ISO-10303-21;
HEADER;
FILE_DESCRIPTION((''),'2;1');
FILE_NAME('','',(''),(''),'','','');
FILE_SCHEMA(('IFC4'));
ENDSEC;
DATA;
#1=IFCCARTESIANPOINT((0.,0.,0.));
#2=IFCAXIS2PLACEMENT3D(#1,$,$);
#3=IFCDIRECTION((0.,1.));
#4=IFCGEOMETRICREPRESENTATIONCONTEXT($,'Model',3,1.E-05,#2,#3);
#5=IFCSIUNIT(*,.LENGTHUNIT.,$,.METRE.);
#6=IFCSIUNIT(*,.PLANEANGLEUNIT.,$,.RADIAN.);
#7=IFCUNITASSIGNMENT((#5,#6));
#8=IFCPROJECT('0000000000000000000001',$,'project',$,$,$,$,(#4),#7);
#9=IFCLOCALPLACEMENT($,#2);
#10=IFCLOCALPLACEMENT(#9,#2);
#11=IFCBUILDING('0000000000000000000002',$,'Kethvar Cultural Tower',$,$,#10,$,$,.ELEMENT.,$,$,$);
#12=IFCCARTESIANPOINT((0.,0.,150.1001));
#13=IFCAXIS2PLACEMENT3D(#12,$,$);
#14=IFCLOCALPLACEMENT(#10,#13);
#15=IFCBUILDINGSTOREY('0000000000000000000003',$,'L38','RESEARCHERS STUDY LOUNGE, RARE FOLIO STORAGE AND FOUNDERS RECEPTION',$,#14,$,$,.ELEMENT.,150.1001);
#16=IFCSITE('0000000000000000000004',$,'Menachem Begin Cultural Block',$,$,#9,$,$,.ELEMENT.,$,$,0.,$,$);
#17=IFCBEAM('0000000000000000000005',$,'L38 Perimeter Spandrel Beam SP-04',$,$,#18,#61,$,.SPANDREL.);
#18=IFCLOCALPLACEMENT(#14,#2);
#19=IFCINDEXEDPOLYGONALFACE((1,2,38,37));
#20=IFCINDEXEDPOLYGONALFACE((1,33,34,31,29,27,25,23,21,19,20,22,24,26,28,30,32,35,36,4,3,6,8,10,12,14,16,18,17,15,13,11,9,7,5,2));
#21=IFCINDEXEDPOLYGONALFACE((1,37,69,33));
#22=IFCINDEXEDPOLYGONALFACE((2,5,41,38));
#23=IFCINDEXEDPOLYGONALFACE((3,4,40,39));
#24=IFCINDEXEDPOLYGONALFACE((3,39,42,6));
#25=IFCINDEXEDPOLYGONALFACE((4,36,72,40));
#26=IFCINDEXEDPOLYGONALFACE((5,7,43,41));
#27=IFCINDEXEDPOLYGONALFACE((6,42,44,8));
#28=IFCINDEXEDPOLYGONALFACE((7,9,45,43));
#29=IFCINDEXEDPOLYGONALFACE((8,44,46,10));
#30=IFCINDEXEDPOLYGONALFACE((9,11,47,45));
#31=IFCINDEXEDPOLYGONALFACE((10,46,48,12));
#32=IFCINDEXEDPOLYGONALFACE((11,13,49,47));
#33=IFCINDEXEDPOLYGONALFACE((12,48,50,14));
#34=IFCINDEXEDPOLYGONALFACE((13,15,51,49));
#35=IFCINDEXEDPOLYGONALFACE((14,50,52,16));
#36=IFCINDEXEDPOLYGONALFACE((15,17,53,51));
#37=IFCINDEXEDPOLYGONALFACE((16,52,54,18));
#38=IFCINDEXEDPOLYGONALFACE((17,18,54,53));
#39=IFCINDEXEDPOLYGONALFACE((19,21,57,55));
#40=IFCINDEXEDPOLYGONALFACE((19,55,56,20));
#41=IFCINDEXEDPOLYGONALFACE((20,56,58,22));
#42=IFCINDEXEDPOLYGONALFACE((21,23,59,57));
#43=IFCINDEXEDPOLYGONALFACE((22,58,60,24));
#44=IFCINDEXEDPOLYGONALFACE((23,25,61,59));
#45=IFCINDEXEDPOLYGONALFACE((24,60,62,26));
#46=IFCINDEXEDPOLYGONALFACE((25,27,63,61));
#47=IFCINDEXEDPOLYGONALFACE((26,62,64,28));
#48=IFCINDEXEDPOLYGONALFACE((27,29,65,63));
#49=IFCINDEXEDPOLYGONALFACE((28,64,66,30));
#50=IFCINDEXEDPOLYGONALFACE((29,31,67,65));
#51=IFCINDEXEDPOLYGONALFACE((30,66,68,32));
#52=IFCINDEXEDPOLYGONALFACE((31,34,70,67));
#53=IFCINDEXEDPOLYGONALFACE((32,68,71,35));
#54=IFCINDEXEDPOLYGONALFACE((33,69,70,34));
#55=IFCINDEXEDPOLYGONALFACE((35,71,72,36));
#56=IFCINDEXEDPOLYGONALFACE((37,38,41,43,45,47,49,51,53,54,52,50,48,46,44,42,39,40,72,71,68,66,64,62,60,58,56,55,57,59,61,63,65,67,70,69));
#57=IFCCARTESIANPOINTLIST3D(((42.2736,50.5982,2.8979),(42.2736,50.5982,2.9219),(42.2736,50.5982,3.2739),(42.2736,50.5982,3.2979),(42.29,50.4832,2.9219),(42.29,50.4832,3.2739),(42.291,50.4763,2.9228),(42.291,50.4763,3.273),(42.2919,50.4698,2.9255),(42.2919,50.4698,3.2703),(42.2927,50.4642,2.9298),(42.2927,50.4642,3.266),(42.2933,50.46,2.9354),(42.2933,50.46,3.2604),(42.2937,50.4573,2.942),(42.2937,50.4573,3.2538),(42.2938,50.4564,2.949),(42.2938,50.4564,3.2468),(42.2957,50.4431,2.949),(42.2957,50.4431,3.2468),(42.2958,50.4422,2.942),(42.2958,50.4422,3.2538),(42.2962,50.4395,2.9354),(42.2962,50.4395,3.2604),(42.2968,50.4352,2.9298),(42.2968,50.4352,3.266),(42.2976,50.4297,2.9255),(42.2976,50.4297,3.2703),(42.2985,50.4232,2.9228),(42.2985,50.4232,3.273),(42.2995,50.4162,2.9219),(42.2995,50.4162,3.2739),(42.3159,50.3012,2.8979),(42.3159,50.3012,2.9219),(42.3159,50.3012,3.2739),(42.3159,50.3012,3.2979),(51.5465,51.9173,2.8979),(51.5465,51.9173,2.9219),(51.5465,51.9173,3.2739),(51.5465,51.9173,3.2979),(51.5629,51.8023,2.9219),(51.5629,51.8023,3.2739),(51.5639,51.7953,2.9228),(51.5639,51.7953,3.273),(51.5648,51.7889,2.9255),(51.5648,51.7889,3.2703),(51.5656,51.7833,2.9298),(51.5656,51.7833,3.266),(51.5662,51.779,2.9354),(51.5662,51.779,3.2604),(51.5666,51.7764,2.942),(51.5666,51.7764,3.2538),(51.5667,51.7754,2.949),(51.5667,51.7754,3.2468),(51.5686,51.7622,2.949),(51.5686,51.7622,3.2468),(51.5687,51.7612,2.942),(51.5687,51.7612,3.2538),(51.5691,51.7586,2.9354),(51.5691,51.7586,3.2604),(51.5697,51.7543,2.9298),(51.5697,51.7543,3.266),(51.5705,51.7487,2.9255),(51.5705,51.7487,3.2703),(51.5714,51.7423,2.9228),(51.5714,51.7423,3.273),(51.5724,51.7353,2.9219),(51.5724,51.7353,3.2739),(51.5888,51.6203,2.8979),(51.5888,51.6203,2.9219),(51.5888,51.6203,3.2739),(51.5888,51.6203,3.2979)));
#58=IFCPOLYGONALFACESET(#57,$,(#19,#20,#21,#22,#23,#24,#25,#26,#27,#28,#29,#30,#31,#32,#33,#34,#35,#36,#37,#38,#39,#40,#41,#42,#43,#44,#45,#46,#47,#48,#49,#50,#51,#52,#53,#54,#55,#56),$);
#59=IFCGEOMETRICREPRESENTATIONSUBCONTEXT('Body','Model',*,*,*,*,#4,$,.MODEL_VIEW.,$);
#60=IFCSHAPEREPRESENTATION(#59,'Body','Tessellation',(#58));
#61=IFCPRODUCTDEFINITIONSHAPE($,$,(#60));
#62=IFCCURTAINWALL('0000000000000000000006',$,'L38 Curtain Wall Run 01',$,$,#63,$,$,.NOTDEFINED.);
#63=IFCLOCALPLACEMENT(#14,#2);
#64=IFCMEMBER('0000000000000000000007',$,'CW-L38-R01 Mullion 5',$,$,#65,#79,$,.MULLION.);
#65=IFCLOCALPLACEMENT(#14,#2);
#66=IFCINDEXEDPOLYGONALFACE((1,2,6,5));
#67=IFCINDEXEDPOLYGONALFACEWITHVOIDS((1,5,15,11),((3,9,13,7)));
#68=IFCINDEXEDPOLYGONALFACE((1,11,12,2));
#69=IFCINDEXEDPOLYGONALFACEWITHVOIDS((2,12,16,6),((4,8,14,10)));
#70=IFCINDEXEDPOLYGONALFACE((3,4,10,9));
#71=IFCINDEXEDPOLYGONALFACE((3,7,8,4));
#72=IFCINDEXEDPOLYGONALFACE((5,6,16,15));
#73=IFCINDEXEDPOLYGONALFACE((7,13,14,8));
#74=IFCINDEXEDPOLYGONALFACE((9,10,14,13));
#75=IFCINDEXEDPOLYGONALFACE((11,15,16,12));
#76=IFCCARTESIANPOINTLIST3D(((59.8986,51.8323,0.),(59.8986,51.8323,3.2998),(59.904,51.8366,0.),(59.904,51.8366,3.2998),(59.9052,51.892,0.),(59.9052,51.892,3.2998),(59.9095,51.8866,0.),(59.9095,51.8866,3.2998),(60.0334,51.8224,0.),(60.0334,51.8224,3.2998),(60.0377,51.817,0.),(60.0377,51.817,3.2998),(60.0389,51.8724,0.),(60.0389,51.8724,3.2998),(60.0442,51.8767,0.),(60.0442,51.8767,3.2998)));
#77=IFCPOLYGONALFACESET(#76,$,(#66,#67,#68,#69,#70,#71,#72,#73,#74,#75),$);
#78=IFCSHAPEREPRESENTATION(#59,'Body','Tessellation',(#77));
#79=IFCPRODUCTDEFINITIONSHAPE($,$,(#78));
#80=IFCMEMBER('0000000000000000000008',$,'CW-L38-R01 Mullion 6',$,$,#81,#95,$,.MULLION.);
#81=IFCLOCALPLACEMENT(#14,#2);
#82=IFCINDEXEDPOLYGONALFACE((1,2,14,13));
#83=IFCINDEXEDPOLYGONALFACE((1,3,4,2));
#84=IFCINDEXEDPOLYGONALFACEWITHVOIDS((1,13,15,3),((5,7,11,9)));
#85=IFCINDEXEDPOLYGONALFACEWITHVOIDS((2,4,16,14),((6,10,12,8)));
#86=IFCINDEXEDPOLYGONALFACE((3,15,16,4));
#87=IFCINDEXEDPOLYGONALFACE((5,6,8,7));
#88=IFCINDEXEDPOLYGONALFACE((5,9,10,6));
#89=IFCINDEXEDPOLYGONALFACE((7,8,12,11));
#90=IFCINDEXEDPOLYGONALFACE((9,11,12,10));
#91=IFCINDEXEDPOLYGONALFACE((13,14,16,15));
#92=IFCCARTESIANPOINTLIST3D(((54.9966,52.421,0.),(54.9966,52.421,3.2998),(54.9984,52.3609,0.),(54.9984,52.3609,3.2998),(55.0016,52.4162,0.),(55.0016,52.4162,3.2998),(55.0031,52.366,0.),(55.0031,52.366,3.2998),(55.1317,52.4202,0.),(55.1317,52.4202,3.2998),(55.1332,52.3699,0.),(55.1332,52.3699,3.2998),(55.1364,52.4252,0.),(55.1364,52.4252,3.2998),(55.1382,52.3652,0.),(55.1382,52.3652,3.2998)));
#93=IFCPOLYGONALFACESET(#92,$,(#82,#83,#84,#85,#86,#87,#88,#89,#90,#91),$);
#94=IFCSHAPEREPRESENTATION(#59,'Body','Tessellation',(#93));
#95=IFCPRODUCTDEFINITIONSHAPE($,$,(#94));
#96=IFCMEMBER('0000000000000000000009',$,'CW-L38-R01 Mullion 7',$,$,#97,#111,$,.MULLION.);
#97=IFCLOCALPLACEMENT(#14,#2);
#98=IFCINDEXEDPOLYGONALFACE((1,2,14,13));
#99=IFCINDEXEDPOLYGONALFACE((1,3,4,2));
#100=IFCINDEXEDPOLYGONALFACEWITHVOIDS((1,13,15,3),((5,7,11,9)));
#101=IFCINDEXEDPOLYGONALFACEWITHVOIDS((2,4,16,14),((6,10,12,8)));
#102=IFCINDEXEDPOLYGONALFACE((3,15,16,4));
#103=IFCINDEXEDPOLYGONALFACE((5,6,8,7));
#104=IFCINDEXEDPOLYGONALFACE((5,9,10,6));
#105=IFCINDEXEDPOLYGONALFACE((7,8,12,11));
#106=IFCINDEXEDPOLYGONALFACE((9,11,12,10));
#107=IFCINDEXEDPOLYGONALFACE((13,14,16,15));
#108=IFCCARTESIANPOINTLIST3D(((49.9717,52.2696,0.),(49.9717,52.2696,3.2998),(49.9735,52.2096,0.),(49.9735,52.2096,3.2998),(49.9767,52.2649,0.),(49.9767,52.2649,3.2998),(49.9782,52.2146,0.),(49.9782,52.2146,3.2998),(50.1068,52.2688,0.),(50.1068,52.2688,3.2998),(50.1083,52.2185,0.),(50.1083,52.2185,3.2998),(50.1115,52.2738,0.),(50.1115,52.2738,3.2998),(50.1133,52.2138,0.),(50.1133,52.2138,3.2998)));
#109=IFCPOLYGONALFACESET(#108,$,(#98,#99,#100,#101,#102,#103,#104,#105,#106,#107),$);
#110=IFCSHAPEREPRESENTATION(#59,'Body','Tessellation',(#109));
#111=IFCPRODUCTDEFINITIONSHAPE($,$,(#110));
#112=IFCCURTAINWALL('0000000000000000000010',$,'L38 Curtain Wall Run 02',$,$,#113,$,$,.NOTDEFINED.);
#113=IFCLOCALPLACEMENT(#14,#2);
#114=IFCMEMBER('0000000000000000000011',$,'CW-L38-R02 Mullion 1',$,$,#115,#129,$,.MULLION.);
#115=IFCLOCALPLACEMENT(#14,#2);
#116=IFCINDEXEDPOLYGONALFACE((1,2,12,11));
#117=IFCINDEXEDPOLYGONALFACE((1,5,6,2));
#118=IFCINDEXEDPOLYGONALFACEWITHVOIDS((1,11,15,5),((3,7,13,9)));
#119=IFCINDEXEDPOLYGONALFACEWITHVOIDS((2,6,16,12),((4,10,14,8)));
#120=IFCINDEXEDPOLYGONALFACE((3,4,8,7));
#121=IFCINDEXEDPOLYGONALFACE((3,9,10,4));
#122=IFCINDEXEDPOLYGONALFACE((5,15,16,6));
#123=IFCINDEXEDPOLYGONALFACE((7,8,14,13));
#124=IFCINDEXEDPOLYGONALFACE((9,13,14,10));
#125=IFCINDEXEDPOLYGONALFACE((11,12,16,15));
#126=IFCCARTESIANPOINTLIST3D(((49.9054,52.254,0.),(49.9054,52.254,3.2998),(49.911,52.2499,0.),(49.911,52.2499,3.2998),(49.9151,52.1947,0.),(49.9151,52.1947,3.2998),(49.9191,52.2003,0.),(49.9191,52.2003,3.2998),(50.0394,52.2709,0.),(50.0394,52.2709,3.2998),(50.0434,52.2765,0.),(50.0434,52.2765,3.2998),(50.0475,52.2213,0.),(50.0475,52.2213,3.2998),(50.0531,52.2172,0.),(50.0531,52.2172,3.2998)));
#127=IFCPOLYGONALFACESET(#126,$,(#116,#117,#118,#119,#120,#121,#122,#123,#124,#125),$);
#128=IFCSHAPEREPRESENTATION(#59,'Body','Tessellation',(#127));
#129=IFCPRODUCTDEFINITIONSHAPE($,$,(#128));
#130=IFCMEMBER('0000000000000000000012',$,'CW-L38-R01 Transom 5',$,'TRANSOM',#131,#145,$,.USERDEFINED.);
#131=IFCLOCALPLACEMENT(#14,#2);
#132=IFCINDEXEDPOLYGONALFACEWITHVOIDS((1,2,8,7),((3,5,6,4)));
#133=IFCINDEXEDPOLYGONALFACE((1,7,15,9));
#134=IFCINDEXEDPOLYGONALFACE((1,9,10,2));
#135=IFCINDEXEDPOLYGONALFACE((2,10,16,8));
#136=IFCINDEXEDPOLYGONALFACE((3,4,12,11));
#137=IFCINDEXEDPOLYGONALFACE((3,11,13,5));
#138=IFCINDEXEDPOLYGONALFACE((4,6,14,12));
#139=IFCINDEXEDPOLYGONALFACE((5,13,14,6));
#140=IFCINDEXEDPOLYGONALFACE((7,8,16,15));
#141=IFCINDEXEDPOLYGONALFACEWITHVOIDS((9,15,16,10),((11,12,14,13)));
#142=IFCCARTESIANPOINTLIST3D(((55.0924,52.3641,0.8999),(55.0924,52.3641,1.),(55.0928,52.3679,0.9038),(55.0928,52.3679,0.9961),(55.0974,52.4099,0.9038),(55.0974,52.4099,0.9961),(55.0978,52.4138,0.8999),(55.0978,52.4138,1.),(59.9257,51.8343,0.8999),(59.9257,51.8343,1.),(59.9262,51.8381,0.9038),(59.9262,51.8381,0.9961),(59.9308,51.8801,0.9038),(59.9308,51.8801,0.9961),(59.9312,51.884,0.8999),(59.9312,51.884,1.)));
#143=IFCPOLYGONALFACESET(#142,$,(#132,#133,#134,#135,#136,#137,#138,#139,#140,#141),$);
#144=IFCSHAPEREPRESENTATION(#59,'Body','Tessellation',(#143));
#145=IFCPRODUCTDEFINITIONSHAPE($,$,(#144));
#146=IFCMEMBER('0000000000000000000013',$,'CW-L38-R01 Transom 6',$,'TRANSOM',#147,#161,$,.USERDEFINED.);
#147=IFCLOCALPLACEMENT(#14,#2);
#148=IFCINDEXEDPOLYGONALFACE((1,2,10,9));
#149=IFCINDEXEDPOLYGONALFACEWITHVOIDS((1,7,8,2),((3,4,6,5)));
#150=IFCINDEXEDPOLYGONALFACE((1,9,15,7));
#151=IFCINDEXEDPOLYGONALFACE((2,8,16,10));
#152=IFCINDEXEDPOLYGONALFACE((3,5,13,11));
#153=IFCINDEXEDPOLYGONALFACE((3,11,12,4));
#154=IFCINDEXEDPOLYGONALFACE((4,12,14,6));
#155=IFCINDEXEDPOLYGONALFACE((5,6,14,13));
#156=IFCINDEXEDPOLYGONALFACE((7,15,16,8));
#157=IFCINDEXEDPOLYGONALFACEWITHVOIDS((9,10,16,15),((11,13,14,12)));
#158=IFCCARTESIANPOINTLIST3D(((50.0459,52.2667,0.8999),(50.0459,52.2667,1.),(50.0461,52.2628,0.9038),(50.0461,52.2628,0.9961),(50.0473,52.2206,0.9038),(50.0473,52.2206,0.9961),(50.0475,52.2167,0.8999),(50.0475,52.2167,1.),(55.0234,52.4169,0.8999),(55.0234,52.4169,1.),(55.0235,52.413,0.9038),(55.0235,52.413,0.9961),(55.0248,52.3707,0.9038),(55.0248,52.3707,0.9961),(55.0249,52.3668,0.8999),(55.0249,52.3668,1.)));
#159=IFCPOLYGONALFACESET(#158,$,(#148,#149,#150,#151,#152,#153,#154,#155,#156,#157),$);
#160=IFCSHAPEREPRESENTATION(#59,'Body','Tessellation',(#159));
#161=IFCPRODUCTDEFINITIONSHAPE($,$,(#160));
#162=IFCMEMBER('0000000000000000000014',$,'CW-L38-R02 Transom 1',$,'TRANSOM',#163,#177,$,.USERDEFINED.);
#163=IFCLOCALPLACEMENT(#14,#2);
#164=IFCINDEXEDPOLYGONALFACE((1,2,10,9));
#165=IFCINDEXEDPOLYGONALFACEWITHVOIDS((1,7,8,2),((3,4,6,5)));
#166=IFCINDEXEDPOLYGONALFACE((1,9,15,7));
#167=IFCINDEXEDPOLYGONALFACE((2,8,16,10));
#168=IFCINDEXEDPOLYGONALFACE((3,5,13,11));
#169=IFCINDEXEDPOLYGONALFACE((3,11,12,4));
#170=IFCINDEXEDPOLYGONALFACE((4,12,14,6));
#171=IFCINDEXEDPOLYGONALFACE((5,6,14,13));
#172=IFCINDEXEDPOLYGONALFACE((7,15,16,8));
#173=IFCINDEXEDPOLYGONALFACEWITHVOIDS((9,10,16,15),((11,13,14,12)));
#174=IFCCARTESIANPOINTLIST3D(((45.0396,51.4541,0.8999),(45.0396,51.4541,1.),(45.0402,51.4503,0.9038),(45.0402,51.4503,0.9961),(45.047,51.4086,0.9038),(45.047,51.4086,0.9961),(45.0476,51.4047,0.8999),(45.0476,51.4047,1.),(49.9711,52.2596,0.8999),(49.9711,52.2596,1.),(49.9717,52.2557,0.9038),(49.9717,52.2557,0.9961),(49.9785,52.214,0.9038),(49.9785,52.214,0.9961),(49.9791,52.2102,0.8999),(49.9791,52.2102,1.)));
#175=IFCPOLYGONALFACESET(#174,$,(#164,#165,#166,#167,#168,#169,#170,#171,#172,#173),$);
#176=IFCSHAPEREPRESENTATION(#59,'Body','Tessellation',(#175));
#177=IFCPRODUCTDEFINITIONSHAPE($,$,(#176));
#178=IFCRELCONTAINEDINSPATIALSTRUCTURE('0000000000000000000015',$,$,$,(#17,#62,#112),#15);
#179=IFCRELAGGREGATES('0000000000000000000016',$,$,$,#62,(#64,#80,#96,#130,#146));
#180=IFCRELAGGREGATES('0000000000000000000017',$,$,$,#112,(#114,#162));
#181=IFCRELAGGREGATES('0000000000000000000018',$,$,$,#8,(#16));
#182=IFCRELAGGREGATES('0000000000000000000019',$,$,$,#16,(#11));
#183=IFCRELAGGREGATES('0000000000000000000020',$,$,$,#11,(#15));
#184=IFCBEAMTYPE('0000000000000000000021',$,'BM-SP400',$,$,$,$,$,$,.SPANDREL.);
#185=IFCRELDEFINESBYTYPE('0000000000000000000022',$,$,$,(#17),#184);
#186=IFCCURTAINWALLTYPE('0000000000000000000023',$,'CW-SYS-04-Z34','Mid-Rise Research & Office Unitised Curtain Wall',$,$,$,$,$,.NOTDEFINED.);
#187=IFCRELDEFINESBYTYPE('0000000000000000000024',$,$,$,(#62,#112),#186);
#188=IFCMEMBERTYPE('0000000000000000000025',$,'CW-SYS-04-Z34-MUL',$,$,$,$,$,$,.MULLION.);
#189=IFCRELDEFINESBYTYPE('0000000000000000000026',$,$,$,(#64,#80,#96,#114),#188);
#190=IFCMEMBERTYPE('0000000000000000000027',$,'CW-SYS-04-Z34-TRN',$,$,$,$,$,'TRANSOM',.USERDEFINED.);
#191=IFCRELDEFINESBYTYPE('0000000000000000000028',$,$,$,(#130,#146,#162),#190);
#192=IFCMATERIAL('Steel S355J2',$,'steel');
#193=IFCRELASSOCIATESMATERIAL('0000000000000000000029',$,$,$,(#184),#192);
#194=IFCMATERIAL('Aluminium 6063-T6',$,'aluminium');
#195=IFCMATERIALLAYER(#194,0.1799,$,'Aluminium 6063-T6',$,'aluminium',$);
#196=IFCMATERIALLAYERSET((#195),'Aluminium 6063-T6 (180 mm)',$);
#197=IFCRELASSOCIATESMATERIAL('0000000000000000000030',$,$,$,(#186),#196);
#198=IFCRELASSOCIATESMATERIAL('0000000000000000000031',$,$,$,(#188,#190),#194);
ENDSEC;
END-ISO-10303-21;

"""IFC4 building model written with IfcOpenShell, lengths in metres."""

from ifc_helpers import new_model, si_unit, direction, frame, origin, origin_2d, place, context, subcontext, project, spatial, hollow_rectangle, i_section, extrude, source, transform, mapped, material, layer, layer_set, material_profile, profile_set, type_object, element, aggregate, save


model = new_model("IFC4")

# Units and contexts
model_context = context("Model", 3, precision=1e-05, world=origin(), true_north=direction((0.0, 1.0)))
body_context = subcontext(model_context, "Body", "Model", "MODEL_VIEW")
ifc_project = project(units=[si_unit("LENGTHUNIT", "METRE"), si_unit("PLANEANGLEUNIT", "RADIAN")], contexts=[model_context])

# Site, building, storey
site_placement = place(None, origin())
site = spatial("IfcSite", under=ifc_project, at=site_placement, Name="Menachem Begin Cultural Block", CompositionType="ELEMENT", RefElevation=0.0)
building_placement = place(site_placement, origin())
building = spatial("IfcBuilding", under=site, at=building_placement, Name="Kethvar Cultural Tower", CompositionType="ELEMENT")
storey_placement = place(building_placement, frame((0.0, 0.0, 150.1001)))
storey = spatial("IfcBuildingStorey", under=building, at=storey_placement, Name="L38", Description="RESEARCHERS STUDY LOUNGE, RARE FOLIO STORAGE AND FOUNDERS RECEPTION", CompositionType="ELEMENT", Elevation=150.1001)

# Beam
ifc_material_1 = material(Name="Steel S355J2", Category="steel")
ifc_material_profile_1 = material_profile(ifc_material_1, i_section(OverallWidth=0.3, OverallDepth=0.3999, WebThickness=0.0134, FlangeThickness=0.0239, FilletRadius=0.0271, at=origin_2d()), Name="Steel S355J2 — HEB400")
ifc_profile_set_1 = profile_set([ifc_material_profile_1], Name="Steel S355J2 — HEB400")
beam_type_1 = type_object("IfcBeamType", Name="BM-SP400", PredefinedType="SPANDREL", material=ifc_profile_set_1)
shared_shape_1 = source(origin(), body_context, "Body", "SweptSolid", [
    extrude(i_section(OverallWidth=0.3, OverallDepth=0.3999, WebThickness=0.0134, FlangeThickness=0.0239, FilletRadius=0.0271, at=origin_2d()), origin(), (0.0, 0.0, 1.0), 9.3662),
])
beam_1_placement = place(storey_placement, frame((51.5676, 51.7688, 3.0979), z_axis=(-0.990033, -0.140834, 0.0), x_axis=(0.140834, -0.990033, 0.0)))
element("IfcBeam", 1, at=beam_1_placement, inside=storey, type_object=beam_type_1, Name="L38 Perimeter Spandrel Beam SP-04", PredefinedType="SPANDREL", context=body_context, shape_type="MappedRepresentation", body=[
    mapped(shared_shape_1, transform((0.0, 0.0, 0.0), scale=1.0)),
])

# Curtain wall, members
ifc_material_2 = material(Name="Aluminium 6063-T6", Category="aluminium")
ifc_layer_1 = layer(ifc_material_2, 0.1799, Name="Aluminium 6063-T6", Category="aluminium")
ifc_layer_set_1 = layer_set([ifc_layer_1], Name="Aluminium 6063-T6 (180 mm)")
curtain_wall_type = type_object("IfcCurtainWallType", Name="CW-SYS-04-Z34", Description="Mid-Rise Research & Office Unitised Curtain Wall", PredefinedType="NOTDEFINED", material=ifc_layer_set_1)
curtain_wall_1_placement = place(storey_placement, origin())
curtain_wall_1 = element("IfcCurtainWall", 2, at=curtain_wall_1_placement, inside=storey, type_object=curtain_wall_type, Name="L38 Curtain Wall Run 01", PredefinedType="NOTDEFINED")
ifc_material_profile_2 = material_profile(ifc_material_2, hollow_rectangle(XDim=0.0601, YDim=0.1399, WallThickness=0.0049, at=origin_2d()), Name="Aluminium 6063-T6 — RHS140x60x5")
ifc_profile_set_2 = profile_set([ifc_material_profile_2], Name="Aluminium 6063-T6 — RHS140x60x5")
member_type_1 = type_object("IfcMemberType", Name="CW-SYS-04-Z34-MUL", PredefinedType="MULLION", material=ifc_profile_set_2)
shared_shape_2 = source(origin(), body_context, "Body", "SweptSolid", [
    extrude(hollow_rectangle(XDim=0.0601, YDim=0.1399, WallThickness=0.0049, at=origin_2d()), origin(), (0.0, 0.0, 1.0), 3.2998),
])
member_1_placement = place(storey_placement, frame((59.9714, 51.8545, 0.0), z_axis=(0.0, 0.0, 1.0), x_axis=(-0.108971, -0.994045, 0.0)))
member_1 = element("IfcMember", 3, at=member_1_placement, type_object=member_type_1, Name="CW-L38-R01 Mullion 5", PredefinedType="MULLION", context=body_context, shape_type="MappedRepresentation", body=[
    mapped(shared_shape_2, transform((0.0, 0.0, 0.0), scale=1.0)),
])
member_2_placement = place(storey_placement, frame((55.0674, 52.3931, 0.0), z_axis=(0.0, 0.0, 1.0), x_axis=(0.030137, -0.999546, 0.0)))
member_2 = element("IfcMember", 4, at=member_2_placement, type_object=member_type_1, Name="CW-L38-R01 Mullion 6", PredefinedType="MULLION", context=body_context, shape_type="MappedRepresentation", body=[
    mapped(shared_shape_2, transform((0.0, 0.0, 0.0), scale=1.0)),
])
member_3_placement = place(storey_placement, frame((50.0425, 52.2417, 0.0), z_axis=(0.0, 0.0, 1.0), x_axis=(0.030137, -0.999546, 0.0)))
member_3 = element("IfcMember", 5, at=member_3_placement, type_object=member_type_1, Name="CW-L38-R01 Mullion 7", PredefinedType="MULLION", context=body_context, shape_type="MappedRepresentation", body=[
    mapped(shared_shape_2, transform((0.0, 0.0, 0.0), scale=1.0)),
])

# Curtain wall, member
curtain_wall_2_placement = place(storey_placement, origin())
curtain_wall_2 = element("IfcCurtainWall", 6, at=curtain_wall_2_placement, inside=storey, type_object=curtain_wall_type, Name="L38 Curtain Wall Run 02", PredefinedType="NOTDEFINED")
member_4_placement = place(storey_placement, frame((49.9792, 52.2356, 0.0), z_axis=(0.0, 0.0, 1.0), x_axis=(0.16119, -0.986923, 0.0)))
member_4 = element("IfcMember", 7, at=member_4_placement, type_object=member_type_1, Name="CW-L38-R02 Mullion 1", PredefinedType="MULLION", context=body_context, shape_type="MappedRepresentation", body=[
    mapped(shared_shape_2, transform((0.0, 0.0, 0.0), scale=1.0)),
])

# Members
ifc_material_profile_3 = material_profile(ifc_material_2, hollow_rectangle(XDim=0.05, YDim=0.1001, WallThickness=0.0039, at=origin_2d()), Name="Aluminium 6063-T6 — RHS100x50x4")
ifc_profile_set_3 = profile_set([ifc_material_profile_3], Name="Aluminium 6063-T6 — RHS100x50x4")
member_type_2 = type_object("IfcMemberType", Name="CW-SYS-04-Z34-TRN", ElementType="TRANSOM", PredefinedType="USERDEFINED", material=ifc_profile_set_3)
shared_shape_3 = source(origin(), body_context, "Body", "SweptSolid", [
    extrude(hollow_rectangle(XDim=0.05, YDim=0.1001, WallThickness=0.0039, at=origin_2d()), origin(), (0.0, 0.0, 1.0), 4.8623),
])
member_5_placement = place(storey_placement, frame((59.9285, 51.8591, 0.95), z_axis=(-0.994046, 0.10896, 0.0), x_axis=(-0.10896, -0.994046, 0.0)))
member_5 = element("IfcMember", 8, at=member_5_placement, type_object=member_type_2, Name="CW-L38-R01 Transom 5", ObjectType="TRANSOM", PredefinedType="USERDEFINED", context=body_context, shape_type="MappedRepresentation", body=[
    mapped(shared_shape_3, transform((0.0, 0.0, 0.0), scale=1.0)),
])
shared_shape_4 = source(origin(), body_context, "Body", "SweptSolid", [
    extrude(hollow_rectangle(XDim=0.05, YDim=0.1001, WallThickness=0.0039, at=origin_2d()), origin(), (0.0, 0.0, 1.0), 4.9797),
])
member_6_placement = place(storey_placement, frame((55.0242, 52.3918, 0.95), z_axis=(-0.999545, -0.030151, 0.0), x_axis=(0.030151, -0.999545, 0.0)))
member_6 = element("IfcMember", 9, at=member_6_placement, type_object=member_type_2, Name="CW-L38-R01 Transom 6", ObjectType="TRANSOM", PredefinedType="USERDEFINED", context=body_context, shape_type="MappedRepresentation", body=[
    mapped(shared_shape_4, transform((0.0, 0.0, 0.0), scale=1.0)),
])
shared_shape_5 = source(origin(), body_context, "Body", "SweptSolid", [
    extrude(hollow_rectangle(XDim=0.05, YDim=0.1001, WallThickness=0.0039, at=origin_2d()), origin(), (0.0, 0.0, 1.0), 4.9968),
])
member_7_placement = place(storey_placement, frame((49.9751, 52.2349, 0.95), z_axis=(-0.986924, -0.161189, 0.0), x_axis=(0.161189, -0.986924, 0.0)))
member_7 = element("IfcMember", 10, at=member_7_placement, type_object=member_type_2, Name="CW-L38-R02 Transom 1", ObjectType="TRANSOM", PredefinedType="USERDEFINED", context=body_context, shape_type="MappedRepresentation", body=[
    mapped(shared_shape_5, transform((0.0, 0.0, 0.0), scale=1.0)),
])

aggregate(curtain_wall_1, [member_1, member_2, member_3, member_5, member_6])
aggregate(curtain_wall_2, [member_4, member_7])

save(model, "model.ifc")
